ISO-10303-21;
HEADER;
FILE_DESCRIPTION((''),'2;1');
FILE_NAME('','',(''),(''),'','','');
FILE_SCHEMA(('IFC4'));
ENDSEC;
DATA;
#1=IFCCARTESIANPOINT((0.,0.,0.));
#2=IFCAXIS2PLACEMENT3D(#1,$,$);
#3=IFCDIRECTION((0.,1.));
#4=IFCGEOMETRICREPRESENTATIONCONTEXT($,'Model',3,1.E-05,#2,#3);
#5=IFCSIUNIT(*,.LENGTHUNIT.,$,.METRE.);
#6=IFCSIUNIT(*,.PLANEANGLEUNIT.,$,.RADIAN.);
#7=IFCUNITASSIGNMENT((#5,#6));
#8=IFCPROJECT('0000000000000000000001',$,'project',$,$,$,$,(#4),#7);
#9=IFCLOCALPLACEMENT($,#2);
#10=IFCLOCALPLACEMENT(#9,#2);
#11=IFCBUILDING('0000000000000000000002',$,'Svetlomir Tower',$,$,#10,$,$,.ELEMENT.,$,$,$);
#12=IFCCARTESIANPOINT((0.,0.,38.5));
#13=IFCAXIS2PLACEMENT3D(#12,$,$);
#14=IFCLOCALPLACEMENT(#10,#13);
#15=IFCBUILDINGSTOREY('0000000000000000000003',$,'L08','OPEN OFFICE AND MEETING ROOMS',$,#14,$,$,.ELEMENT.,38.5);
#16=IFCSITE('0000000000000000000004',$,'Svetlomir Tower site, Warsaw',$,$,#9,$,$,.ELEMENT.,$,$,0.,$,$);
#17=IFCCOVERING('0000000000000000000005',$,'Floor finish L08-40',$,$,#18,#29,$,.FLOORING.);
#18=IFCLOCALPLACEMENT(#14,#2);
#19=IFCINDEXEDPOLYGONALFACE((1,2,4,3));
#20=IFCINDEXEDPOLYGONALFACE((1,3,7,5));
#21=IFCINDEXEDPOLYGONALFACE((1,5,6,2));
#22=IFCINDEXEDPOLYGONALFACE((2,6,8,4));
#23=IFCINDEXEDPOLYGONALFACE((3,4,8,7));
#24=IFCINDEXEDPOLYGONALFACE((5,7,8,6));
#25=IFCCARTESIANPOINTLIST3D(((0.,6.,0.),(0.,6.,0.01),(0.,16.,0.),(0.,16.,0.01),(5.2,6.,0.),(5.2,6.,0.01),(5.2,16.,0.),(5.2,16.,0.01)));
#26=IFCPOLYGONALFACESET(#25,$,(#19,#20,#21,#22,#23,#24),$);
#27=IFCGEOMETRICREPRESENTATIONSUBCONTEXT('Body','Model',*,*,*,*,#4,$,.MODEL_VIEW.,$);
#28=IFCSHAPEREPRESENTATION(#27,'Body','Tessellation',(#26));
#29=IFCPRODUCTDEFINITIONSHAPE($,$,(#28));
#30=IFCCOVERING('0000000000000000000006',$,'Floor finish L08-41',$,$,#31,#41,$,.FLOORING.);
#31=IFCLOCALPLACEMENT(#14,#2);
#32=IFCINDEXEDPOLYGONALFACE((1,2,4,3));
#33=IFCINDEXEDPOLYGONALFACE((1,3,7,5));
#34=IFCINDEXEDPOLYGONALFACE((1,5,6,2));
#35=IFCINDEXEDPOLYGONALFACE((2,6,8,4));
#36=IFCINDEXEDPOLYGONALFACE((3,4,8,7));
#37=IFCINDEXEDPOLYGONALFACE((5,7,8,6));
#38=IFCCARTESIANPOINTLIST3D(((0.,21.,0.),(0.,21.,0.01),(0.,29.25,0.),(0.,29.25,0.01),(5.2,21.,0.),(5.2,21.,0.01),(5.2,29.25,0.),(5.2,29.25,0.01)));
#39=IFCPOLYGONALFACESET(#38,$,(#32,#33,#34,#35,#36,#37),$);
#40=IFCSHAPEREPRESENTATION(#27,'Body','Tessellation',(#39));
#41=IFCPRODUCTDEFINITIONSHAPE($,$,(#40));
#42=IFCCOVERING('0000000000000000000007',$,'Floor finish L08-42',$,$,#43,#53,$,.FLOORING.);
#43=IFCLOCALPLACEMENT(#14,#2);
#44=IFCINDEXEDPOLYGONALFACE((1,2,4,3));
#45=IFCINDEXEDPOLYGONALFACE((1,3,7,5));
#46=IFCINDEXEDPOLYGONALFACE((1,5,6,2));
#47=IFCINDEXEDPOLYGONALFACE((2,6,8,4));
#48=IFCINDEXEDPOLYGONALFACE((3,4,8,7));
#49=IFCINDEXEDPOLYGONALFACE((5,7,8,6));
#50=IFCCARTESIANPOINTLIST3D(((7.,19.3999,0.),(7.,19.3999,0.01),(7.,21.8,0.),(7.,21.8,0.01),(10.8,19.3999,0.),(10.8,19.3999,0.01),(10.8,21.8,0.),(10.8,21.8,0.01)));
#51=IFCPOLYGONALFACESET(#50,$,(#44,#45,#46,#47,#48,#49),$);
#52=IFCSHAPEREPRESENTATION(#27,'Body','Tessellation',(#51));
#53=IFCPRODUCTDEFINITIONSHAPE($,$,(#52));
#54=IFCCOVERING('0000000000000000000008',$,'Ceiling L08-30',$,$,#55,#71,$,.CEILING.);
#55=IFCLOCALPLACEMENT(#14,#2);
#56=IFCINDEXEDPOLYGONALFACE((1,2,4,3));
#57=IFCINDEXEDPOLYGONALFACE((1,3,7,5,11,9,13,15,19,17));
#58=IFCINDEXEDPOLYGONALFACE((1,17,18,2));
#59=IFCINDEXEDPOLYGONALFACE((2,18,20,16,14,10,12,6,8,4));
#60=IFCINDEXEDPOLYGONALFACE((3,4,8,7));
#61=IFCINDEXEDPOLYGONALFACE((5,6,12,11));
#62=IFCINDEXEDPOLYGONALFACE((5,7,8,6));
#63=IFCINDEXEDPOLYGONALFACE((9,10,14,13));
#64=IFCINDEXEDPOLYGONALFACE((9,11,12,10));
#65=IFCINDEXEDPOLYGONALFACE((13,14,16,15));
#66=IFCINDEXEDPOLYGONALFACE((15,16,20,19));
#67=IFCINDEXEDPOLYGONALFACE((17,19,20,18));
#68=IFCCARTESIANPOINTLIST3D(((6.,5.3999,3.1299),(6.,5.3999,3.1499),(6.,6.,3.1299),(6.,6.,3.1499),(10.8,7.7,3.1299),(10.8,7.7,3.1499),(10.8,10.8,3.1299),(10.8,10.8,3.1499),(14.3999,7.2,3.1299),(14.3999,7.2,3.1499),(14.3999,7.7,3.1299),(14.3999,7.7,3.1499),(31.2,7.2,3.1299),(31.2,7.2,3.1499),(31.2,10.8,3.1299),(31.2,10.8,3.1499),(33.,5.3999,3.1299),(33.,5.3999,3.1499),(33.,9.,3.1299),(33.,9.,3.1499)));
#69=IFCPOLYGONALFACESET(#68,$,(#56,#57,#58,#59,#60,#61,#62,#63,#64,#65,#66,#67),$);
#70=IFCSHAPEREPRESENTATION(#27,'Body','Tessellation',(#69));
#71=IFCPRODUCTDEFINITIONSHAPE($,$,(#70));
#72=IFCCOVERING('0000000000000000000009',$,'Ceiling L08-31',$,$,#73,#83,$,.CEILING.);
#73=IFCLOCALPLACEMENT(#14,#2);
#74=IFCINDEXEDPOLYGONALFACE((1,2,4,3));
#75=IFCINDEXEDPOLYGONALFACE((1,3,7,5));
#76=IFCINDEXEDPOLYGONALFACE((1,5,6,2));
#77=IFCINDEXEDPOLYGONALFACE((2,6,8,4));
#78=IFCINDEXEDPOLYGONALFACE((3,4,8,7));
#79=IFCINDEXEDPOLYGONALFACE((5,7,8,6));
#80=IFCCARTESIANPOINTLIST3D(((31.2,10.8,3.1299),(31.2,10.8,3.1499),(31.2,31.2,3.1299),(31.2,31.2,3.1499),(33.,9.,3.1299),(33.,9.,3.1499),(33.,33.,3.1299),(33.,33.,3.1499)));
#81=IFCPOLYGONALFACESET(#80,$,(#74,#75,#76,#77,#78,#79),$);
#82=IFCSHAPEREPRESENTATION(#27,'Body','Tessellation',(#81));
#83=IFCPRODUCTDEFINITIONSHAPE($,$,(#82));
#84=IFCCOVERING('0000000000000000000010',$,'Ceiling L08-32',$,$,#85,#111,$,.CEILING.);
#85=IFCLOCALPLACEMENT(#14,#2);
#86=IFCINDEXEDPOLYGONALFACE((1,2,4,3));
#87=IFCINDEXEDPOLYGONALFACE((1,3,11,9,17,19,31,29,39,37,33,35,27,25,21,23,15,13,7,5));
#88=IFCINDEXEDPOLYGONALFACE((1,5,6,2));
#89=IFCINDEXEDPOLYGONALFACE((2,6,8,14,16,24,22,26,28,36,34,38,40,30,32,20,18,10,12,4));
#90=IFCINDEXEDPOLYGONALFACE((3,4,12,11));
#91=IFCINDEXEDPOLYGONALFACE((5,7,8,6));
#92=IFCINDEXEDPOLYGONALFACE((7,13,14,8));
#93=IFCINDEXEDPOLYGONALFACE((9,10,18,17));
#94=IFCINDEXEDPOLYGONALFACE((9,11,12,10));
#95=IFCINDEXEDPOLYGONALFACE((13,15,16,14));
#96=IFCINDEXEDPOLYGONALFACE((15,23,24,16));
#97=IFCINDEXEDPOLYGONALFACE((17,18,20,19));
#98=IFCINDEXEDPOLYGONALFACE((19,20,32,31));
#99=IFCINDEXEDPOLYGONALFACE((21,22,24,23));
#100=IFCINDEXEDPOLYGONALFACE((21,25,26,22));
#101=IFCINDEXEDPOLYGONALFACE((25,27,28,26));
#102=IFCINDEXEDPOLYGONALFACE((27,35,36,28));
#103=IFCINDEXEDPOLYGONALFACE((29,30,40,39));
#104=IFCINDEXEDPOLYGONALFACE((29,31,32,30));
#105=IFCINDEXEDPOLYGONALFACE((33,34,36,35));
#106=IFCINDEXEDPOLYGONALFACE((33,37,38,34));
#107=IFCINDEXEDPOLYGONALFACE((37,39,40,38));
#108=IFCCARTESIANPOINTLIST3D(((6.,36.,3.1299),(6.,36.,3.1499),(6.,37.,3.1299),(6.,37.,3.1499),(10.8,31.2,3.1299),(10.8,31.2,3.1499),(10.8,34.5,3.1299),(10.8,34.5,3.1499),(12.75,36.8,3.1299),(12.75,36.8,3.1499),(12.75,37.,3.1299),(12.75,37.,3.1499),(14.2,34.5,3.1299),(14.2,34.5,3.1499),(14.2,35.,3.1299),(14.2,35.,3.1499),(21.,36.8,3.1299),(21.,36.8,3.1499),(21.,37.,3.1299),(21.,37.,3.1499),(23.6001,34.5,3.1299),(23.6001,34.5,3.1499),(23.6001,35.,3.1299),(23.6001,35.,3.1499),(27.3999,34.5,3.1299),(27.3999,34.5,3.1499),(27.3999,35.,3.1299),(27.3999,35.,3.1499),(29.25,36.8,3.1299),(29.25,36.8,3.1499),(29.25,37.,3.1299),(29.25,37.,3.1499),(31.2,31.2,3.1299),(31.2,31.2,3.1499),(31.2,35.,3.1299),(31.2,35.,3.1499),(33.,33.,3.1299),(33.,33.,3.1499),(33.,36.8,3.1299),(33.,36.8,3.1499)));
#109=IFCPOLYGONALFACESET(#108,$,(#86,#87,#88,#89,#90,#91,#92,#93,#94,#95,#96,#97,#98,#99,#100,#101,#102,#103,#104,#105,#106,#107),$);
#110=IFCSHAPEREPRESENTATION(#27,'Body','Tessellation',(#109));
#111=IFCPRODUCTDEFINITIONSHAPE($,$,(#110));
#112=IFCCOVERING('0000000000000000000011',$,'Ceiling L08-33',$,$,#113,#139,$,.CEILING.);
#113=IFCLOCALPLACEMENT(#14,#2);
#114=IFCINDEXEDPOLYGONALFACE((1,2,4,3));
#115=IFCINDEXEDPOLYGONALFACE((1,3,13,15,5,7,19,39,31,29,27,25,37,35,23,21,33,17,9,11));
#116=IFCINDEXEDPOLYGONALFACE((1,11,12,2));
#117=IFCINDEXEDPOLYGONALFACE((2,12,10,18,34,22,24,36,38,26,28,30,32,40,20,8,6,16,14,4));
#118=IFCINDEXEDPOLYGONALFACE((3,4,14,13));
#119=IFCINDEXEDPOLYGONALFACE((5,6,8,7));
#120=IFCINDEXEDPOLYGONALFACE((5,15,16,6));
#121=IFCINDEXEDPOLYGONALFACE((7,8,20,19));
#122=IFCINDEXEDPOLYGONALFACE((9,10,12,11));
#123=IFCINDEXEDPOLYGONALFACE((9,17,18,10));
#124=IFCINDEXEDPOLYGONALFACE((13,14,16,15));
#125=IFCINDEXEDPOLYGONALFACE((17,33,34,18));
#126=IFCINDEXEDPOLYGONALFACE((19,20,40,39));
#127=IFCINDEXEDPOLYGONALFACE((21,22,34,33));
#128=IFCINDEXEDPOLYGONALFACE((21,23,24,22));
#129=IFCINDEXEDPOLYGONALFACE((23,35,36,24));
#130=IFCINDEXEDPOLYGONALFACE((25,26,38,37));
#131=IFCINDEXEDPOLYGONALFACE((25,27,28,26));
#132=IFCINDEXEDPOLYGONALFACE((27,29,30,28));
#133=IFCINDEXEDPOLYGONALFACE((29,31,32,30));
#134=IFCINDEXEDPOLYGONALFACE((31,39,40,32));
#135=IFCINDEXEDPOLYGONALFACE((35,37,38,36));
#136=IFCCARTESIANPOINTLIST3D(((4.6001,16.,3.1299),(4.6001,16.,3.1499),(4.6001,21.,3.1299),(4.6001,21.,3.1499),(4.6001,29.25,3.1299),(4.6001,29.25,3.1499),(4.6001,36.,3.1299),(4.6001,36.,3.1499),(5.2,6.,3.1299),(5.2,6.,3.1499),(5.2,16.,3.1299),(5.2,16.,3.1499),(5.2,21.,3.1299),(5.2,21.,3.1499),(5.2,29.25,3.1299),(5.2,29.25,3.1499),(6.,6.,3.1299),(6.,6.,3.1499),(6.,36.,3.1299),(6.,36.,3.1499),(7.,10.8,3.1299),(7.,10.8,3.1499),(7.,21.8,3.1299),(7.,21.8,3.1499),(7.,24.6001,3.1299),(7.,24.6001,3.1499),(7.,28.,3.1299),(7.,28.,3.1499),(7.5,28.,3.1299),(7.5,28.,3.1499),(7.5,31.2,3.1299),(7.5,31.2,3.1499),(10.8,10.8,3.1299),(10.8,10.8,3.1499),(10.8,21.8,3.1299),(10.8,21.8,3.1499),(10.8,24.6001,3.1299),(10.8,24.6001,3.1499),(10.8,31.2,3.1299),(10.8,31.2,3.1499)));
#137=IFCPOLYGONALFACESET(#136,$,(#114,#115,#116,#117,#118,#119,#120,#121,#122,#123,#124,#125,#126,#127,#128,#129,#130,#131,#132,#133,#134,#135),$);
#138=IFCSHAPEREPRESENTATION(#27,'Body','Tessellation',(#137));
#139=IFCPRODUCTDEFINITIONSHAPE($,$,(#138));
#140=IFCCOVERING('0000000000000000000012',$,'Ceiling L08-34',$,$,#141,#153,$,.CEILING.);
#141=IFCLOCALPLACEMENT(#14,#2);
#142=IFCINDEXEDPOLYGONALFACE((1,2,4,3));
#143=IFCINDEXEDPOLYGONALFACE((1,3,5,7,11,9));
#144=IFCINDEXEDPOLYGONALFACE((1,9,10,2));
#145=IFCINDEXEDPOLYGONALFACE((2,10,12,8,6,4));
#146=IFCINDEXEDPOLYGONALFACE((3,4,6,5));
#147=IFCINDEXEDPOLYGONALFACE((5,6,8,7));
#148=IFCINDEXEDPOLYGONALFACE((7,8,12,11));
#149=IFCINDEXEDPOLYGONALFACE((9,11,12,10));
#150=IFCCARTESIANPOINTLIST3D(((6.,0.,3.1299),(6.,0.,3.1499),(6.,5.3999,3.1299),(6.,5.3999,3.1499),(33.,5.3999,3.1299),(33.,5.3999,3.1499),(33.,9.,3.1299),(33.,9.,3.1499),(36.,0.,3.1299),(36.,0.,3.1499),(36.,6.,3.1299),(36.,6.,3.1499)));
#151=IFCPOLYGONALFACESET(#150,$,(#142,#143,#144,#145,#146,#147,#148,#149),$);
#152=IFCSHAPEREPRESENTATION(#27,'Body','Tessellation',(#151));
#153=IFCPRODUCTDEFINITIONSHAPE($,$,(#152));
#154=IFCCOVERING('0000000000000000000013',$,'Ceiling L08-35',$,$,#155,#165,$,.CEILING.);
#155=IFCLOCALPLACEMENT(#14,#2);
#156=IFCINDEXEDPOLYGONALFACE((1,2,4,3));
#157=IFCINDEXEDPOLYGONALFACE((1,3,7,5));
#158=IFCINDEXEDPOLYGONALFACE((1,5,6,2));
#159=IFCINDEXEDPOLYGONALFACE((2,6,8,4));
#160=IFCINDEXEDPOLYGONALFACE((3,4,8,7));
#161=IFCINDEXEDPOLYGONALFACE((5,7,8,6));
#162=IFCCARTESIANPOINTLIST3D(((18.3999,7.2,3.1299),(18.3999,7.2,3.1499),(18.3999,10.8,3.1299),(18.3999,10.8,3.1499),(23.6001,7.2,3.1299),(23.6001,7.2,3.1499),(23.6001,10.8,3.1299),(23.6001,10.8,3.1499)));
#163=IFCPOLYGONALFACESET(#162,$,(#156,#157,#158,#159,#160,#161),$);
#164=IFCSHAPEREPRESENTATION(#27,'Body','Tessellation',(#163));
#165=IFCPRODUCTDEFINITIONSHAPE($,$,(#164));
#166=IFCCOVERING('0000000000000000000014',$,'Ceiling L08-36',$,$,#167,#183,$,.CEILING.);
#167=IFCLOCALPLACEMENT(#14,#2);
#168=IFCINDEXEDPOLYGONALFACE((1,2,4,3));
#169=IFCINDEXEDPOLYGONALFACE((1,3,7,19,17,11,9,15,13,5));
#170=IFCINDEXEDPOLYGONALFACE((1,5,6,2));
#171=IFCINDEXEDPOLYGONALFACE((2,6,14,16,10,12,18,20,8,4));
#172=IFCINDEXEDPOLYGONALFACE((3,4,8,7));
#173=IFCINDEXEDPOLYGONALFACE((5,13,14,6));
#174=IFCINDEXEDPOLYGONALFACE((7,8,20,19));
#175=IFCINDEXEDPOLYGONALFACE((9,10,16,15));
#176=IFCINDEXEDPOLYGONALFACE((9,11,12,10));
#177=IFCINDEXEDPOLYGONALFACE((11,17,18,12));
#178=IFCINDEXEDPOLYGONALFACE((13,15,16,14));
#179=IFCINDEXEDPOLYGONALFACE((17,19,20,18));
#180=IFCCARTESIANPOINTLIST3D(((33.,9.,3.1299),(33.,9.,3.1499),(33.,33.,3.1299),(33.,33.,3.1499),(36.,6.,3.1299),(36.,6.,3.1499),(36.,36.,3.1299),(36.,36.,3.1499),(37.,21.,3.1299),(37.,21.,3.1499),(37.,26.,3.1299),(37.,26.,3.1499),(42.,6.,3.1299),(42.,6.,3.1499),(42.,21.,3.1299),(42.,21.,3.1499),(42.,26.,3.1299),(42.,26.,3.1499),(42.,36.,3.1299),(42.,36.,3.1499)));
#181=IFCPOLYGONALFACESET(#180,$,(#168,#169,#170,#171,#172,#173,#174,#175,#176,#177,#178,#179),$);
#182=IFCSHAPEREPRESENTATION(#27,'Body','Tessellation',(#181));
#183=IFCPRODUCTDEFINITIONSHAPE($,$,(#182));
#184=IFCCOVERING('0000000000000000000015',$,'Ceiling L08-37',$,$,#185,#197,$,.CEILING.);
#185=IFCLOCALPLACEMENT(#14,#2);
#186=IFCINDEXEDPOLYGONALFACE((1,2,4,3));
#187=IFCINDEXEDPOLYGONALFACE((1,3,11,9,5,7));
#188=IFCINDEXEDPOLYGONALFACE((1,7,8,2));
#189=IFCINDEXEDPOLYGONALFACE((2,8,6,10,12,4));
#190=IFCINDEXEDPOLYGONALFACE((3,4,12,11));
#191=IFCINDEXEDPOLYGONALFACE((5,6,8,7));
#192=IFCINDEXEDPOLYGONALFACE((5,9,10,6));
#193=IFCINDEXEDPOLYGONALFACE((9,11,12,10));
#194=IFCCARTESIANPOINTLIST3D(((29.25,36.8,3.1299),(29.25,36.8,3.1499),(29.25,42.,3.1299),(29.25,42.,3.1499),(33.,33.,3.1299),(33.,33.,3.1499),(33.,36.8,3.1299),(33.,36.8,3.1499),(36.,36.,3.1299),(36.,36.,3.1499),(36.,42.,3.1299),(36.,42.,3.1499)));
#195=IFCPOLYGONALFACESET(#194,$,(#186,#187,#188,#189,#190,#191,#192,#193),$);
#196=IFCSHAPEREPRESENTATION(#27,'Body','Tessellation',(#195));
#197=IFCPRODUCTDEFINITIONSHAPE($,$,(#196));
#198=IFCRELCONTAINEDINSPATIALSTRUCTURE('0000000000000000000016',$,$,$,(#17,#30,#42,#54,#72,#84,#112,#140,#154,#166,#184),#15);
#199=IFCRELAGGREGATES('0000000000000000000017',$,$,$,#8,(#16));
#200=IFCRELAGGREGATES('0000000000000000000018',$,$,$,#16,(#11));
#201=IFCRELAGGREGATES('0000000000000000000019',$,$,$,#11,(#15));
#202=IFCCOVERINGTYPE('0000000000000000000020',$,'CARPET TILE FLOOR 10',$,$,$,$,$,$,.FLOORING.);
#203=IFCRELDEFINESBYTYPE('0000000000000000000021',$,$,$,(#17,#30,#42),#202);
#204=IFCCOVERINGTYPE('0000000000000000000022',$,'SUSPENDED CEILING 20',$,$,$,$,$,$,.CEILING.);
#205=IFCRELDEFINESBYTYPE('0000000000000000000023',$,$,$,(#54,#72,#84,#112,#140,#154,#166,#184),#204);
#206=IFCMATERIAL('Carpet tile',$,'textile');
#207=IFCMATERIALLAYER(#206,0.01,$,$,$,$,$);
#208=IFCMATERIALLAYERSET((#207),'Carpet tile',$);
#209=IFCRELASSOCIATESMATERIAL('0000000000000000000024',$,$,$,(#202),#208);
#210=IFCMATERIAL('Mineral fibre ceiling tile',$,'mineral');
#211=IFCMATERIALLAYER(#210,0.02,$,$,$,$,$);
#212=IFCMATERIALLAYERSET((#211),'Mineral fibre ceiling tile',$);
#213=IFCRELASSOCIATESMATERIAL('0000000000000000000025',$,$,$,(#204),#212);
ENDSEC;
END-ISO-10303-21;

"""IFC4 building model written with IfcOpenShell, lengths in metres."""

from ifc_helpers import new_model, si_unit, direction, frame, origin, place, context, subcontext, project, spatial, polyline, outline, extrude, material, layer, layer_set, type_object, element, save


model = new_model("IFC4")

# Units and contexts
model_context = context("Model", 3, precision=1e-05, world=origin(), true_north=direction((0.0, 1.0)))
body_context = subcontext(model_context, "Body", "Model", "MODEL_VIEW")
ifc_project = project(units=[si_unit("LENGTHUNIT", "METRE"), si_unit("PLANEANGLEUNIT", "RADIAN")], contexts=[model_context])

# Site, building, storey
site_placement = place(None, origin())
site = spatial("IfcSite", under=ifc_project, at=site_placement, Name="Svetlomir Tower site, Warsaw", CompositionType="ELEMENT", RefElevation=0.0)
building_placement = place(site_placement, origin())
building = spatial("IfcBuilding", under=site, at=building_placement, Name="Svetlomir Tower", CompositionType="ELEMENT")
storey_placement = place(building_placement, frame((0.0, 0.0, 38.5)))
storey = spatial("IfcBuildingStorey", under=building, at=storey_placement, Name="L08", Description="OPEN OFFICE AND MEETING ROOMS", CompositionType="ELEMENT", Elevation=38.5)

# Coverings
ifc_material_1 = material(Name="Carpet tile", Category="textile")
ifc_layer_1 = layer(ifc_material_1, 0.01)
ifc_layer_set_1 = layer_set([ifc_layer_1], Name="Carpet tile")
covering_type_1 = type_object("IfcCoveringType", Name="CARPET TILE FLOOR 10", PredefinedType="FLOORING", material=ifc_layer_set_1)
covering_1_placement = place(storey_placement, origin())
element("IfcCovering", 1, at=covering_1_placement, inside=storey, type_object=covering_type_1, Name="Floor finish L08-40", PredefinedType="FLOORING", context=body_context, shape_type="SweptSolid", body=[
    extrude(outline(polyline([(0.0, 16.0), (5.2, 16.0), (5.2, 6.0), (0.0, 6.0), (0.0, 16.0)])), origin(), (0.0, 0.0, 1.0), 0.01),
])
covering_2_placement = place(storey_placement, origin())
element("IfcCovering", 2, at=covering_2_placement, inside=storey, type_object=covering_type_1, Name="Floor finish L08-41", PredefinedType="FLOORING", context=body_context, shape_type="SweptSolid", body=[
    extrude(outline(polyline([(0.0, 29.25), (5.2, 29.25), (5.2, 21.0), (0.0, 21.0), (0.0, 29.25)])), origin(), (0.0, 0.0, 1.0), 0.01),
])
covering_3_placement = place(storey_placement, origin())
element("IfcCovering", 3, at=covering_3_placement, inside=storey, type_object=covering_type_1, Name="Floor finish L08-42", PredefinedType="FLOORING", context=body_context, shape_type="SweptSolid", body=[
    extrude(outline(polyline([(7.0, 19.3999), (7.0, 21.8), (10.8, 21.8), (10.8, 19.3999), (7.0, 19.3999)])), origin(), (0.0, 0.0, 1.0), 0.01),
])
ifc_material_2 = material(Name="Mineral fibre ceiling tile", Category="mineral")
ifc_layer_2 = layer(ifc_material_2, 0.02)
ifc_layer_set_2 = layer_set([ifc_layer_2], Name="Mineral fibre ceiling tile")
covering_type_2 = type_object("IfcCoveringType", Name="SUSPENDED CEILING 20", PredefinedType="CEILING", material=ifc_layer_set_2)
covering_4_placement = place(storey_placement, frame((0.0, 0.0, 3.1299)))
element("IfcCovering", 4, at=covering_4_placement, inside=storey, type_object=covering_type_2, Name="Ceiling L08-30", PredefinedType="CEILING", context=body_context, shape_type="SweptSolid", body=[
    extrude(outline(polyline([(33.0, 5.3999), (6.0, 5.3999), (6.0, 6.0), (10.8, 10.8), (10.8, 7.7), (14.3999, 7.7), (14.3999, 7.2), (31.2, 7.2), (31.2, 10.8), (33.0, 9.0), (33.0, 5.3999)])), origin(), (0.0, 0.0, 1.0), 0.02),
])
covering_5_placement = place(storey_placement, frame((0.0, 0.0, 3.1299)))
element("IfcCovering", 5, at=covering_5_placement, inside=storey, type_object=covering_type_2, Name="Ceiling L08-31", PredefinedType="CEILING", context=body_context, shape_type="SweptSolid", body=[
    extrude(outline(polyline([(33.0, 9.0), (31.2, 10.8), (31.2, 31.2), (33.0, 33.0), (33.0, 9.0)])), origin(), (0.0, 0.0, 1.0), 0.02),
])
covering_6_placement = place(storey_placement, frame((0.0, 0.0, 3.1299)))
element("IfcCovering", 6, at=covering_6_placement, inside=storey, type_object=covering_type_2, Name="Ceiling L08-32", PredefinedType="CEILING", context=body_context, shape_type="SweptSolid", body=[
    extrude(outline(polyline([(6.0, 37.0), (12.75, 37.0), (12.75, 36.8), (21.0, 36.8), (21.0, 37.0), (29.25, 37.0), (29.25, 36.8), (33.0, 36.8), (33.0, 33.0), (31.2, 31.2), (31.2, 35.0), (27.3999, 35.0), (27.3999, 34.5), (23.6001, 34.5), (23.6001, 35.0), (14.2, 35.0), (14.2, 34.5), (10.8, 34.5), (10.8, 31.2), (6.0, 36.0), (6.0, 37.0)])), origin(), (0.0, 0.0, 1.0), 0.02),
])
covering_7_placement = place(storey_placement, frame((0.0, 0.0, 3.1299)))
element("IfcCovering", 7, at=covering_7_placement, inside=storey, type_object=covering_type_2, Name="Ceiling L08-33", PredefinedType="CEILING", context=body_context, shape_type="SweptSolid", body=[
    extrude(outline(polyline([(5.2, 21.0), (5.2, 29.25), (4.6001, 29.25), (4.6001, 36.0), (6.0, 36.0), (10.8, 31.2), (7.5, 31.2), (7.5, 28.0), (7.0, 28.0), (7.0, 24.6001), (10.8, 24.6001), (10.8, 21.8), (7.0, 21.8), (7.0, 10.8), (10.8, 10.8), (6.0, 6.0), (5.2, 6.0), (5.2, 16.0), (4.6001, 16.0), (4.6001, 21.0), (5.2, 21.0)])), origin(), (0.0, 0.0, 1.0), 0.02),
])
covering_8_placement = place(storey_placement, frame((0.0, 0.0, 3.1299)))
element("IfcCovering", 8, at=covering_8_placement, inside=storey, type_object=covering_type_2, Name="Ceiling L08-34", PredefinedType="CEILING", context=body_context, shape_type="SweptSolid", body=[
    extrude(outline(polyline([(36.0, 0.0), (6.0, 0.0), (6.0, 5.3999), (33.0, 5.3999), (33.0, 9.0), (36.0, 6.0), (36.0, 0.0)])), origin(), (0.0, 0.0, 1.0), 0.02),
])
covering_9_placement = place(storey_placement, frame((0.0, 0.0, 3.1299)))
element("IfcCovering", 9, at=covering_9_placement, inside=storey, type_object=covering_type_2, Name="Ceiling L08-35", PredefinedType="CEILING", context=body_context, shape_type="SweptSolid", body=[
    extrude(outline(polyline([(23.6001, 10.8), (23.6001, 7.2), (18.3999, 7.2), (18.3999, 10.8), (23.6001, 10.8)])), origin(), (0.0, 0.0, 1.0), 0.02),
])
covering_10_placement = place(storey_placement, frame((0.0, 0.0, 3.1299)))
element("IfcCovering", 10, at=covering_10_placement, inside=storey, type_object=covering_type_2, Name="Ceiling L08-36", PredefinedType="CEILING", context=body_context, shape_type="SweptSolid", body=[
    extrude(outline(polyline([(33.0, 33.0), (36.0, 36.0), (42.0, 36.0), (42.0, 26.0), (37.0, 26.0), (37.0, 21.0), (42.0, 21.0), (42.0, 6.0), (36.0, 6.0), (33.0, 9.0), (33.0, 33.0)])), origin(), (0.0, 0.0, 1.0), 0.02),
])
covering_11_placement = place(storey_placement, frame((0.0, 0.0, 3.1299)))
element("IfcCovering", 11, at=covering_11_placement, inside=storey, type_object=covering_type_2, Name="Ceiling L08-37", PredefinedType="CEILING", context=body_context, shape_type="SweptSolid", body=[
    extrude(outline(polyline([(33.0, 36.8), (29.25, 36.8), (29.25, 42.0), (36.0, 42.0), (36.0, 36.0), (33.0, 33.0), (33.0, 36.8)])), origin(), (0.0, 0.0, 1.0), 0.02),
])

save(model, "model.ifc")
